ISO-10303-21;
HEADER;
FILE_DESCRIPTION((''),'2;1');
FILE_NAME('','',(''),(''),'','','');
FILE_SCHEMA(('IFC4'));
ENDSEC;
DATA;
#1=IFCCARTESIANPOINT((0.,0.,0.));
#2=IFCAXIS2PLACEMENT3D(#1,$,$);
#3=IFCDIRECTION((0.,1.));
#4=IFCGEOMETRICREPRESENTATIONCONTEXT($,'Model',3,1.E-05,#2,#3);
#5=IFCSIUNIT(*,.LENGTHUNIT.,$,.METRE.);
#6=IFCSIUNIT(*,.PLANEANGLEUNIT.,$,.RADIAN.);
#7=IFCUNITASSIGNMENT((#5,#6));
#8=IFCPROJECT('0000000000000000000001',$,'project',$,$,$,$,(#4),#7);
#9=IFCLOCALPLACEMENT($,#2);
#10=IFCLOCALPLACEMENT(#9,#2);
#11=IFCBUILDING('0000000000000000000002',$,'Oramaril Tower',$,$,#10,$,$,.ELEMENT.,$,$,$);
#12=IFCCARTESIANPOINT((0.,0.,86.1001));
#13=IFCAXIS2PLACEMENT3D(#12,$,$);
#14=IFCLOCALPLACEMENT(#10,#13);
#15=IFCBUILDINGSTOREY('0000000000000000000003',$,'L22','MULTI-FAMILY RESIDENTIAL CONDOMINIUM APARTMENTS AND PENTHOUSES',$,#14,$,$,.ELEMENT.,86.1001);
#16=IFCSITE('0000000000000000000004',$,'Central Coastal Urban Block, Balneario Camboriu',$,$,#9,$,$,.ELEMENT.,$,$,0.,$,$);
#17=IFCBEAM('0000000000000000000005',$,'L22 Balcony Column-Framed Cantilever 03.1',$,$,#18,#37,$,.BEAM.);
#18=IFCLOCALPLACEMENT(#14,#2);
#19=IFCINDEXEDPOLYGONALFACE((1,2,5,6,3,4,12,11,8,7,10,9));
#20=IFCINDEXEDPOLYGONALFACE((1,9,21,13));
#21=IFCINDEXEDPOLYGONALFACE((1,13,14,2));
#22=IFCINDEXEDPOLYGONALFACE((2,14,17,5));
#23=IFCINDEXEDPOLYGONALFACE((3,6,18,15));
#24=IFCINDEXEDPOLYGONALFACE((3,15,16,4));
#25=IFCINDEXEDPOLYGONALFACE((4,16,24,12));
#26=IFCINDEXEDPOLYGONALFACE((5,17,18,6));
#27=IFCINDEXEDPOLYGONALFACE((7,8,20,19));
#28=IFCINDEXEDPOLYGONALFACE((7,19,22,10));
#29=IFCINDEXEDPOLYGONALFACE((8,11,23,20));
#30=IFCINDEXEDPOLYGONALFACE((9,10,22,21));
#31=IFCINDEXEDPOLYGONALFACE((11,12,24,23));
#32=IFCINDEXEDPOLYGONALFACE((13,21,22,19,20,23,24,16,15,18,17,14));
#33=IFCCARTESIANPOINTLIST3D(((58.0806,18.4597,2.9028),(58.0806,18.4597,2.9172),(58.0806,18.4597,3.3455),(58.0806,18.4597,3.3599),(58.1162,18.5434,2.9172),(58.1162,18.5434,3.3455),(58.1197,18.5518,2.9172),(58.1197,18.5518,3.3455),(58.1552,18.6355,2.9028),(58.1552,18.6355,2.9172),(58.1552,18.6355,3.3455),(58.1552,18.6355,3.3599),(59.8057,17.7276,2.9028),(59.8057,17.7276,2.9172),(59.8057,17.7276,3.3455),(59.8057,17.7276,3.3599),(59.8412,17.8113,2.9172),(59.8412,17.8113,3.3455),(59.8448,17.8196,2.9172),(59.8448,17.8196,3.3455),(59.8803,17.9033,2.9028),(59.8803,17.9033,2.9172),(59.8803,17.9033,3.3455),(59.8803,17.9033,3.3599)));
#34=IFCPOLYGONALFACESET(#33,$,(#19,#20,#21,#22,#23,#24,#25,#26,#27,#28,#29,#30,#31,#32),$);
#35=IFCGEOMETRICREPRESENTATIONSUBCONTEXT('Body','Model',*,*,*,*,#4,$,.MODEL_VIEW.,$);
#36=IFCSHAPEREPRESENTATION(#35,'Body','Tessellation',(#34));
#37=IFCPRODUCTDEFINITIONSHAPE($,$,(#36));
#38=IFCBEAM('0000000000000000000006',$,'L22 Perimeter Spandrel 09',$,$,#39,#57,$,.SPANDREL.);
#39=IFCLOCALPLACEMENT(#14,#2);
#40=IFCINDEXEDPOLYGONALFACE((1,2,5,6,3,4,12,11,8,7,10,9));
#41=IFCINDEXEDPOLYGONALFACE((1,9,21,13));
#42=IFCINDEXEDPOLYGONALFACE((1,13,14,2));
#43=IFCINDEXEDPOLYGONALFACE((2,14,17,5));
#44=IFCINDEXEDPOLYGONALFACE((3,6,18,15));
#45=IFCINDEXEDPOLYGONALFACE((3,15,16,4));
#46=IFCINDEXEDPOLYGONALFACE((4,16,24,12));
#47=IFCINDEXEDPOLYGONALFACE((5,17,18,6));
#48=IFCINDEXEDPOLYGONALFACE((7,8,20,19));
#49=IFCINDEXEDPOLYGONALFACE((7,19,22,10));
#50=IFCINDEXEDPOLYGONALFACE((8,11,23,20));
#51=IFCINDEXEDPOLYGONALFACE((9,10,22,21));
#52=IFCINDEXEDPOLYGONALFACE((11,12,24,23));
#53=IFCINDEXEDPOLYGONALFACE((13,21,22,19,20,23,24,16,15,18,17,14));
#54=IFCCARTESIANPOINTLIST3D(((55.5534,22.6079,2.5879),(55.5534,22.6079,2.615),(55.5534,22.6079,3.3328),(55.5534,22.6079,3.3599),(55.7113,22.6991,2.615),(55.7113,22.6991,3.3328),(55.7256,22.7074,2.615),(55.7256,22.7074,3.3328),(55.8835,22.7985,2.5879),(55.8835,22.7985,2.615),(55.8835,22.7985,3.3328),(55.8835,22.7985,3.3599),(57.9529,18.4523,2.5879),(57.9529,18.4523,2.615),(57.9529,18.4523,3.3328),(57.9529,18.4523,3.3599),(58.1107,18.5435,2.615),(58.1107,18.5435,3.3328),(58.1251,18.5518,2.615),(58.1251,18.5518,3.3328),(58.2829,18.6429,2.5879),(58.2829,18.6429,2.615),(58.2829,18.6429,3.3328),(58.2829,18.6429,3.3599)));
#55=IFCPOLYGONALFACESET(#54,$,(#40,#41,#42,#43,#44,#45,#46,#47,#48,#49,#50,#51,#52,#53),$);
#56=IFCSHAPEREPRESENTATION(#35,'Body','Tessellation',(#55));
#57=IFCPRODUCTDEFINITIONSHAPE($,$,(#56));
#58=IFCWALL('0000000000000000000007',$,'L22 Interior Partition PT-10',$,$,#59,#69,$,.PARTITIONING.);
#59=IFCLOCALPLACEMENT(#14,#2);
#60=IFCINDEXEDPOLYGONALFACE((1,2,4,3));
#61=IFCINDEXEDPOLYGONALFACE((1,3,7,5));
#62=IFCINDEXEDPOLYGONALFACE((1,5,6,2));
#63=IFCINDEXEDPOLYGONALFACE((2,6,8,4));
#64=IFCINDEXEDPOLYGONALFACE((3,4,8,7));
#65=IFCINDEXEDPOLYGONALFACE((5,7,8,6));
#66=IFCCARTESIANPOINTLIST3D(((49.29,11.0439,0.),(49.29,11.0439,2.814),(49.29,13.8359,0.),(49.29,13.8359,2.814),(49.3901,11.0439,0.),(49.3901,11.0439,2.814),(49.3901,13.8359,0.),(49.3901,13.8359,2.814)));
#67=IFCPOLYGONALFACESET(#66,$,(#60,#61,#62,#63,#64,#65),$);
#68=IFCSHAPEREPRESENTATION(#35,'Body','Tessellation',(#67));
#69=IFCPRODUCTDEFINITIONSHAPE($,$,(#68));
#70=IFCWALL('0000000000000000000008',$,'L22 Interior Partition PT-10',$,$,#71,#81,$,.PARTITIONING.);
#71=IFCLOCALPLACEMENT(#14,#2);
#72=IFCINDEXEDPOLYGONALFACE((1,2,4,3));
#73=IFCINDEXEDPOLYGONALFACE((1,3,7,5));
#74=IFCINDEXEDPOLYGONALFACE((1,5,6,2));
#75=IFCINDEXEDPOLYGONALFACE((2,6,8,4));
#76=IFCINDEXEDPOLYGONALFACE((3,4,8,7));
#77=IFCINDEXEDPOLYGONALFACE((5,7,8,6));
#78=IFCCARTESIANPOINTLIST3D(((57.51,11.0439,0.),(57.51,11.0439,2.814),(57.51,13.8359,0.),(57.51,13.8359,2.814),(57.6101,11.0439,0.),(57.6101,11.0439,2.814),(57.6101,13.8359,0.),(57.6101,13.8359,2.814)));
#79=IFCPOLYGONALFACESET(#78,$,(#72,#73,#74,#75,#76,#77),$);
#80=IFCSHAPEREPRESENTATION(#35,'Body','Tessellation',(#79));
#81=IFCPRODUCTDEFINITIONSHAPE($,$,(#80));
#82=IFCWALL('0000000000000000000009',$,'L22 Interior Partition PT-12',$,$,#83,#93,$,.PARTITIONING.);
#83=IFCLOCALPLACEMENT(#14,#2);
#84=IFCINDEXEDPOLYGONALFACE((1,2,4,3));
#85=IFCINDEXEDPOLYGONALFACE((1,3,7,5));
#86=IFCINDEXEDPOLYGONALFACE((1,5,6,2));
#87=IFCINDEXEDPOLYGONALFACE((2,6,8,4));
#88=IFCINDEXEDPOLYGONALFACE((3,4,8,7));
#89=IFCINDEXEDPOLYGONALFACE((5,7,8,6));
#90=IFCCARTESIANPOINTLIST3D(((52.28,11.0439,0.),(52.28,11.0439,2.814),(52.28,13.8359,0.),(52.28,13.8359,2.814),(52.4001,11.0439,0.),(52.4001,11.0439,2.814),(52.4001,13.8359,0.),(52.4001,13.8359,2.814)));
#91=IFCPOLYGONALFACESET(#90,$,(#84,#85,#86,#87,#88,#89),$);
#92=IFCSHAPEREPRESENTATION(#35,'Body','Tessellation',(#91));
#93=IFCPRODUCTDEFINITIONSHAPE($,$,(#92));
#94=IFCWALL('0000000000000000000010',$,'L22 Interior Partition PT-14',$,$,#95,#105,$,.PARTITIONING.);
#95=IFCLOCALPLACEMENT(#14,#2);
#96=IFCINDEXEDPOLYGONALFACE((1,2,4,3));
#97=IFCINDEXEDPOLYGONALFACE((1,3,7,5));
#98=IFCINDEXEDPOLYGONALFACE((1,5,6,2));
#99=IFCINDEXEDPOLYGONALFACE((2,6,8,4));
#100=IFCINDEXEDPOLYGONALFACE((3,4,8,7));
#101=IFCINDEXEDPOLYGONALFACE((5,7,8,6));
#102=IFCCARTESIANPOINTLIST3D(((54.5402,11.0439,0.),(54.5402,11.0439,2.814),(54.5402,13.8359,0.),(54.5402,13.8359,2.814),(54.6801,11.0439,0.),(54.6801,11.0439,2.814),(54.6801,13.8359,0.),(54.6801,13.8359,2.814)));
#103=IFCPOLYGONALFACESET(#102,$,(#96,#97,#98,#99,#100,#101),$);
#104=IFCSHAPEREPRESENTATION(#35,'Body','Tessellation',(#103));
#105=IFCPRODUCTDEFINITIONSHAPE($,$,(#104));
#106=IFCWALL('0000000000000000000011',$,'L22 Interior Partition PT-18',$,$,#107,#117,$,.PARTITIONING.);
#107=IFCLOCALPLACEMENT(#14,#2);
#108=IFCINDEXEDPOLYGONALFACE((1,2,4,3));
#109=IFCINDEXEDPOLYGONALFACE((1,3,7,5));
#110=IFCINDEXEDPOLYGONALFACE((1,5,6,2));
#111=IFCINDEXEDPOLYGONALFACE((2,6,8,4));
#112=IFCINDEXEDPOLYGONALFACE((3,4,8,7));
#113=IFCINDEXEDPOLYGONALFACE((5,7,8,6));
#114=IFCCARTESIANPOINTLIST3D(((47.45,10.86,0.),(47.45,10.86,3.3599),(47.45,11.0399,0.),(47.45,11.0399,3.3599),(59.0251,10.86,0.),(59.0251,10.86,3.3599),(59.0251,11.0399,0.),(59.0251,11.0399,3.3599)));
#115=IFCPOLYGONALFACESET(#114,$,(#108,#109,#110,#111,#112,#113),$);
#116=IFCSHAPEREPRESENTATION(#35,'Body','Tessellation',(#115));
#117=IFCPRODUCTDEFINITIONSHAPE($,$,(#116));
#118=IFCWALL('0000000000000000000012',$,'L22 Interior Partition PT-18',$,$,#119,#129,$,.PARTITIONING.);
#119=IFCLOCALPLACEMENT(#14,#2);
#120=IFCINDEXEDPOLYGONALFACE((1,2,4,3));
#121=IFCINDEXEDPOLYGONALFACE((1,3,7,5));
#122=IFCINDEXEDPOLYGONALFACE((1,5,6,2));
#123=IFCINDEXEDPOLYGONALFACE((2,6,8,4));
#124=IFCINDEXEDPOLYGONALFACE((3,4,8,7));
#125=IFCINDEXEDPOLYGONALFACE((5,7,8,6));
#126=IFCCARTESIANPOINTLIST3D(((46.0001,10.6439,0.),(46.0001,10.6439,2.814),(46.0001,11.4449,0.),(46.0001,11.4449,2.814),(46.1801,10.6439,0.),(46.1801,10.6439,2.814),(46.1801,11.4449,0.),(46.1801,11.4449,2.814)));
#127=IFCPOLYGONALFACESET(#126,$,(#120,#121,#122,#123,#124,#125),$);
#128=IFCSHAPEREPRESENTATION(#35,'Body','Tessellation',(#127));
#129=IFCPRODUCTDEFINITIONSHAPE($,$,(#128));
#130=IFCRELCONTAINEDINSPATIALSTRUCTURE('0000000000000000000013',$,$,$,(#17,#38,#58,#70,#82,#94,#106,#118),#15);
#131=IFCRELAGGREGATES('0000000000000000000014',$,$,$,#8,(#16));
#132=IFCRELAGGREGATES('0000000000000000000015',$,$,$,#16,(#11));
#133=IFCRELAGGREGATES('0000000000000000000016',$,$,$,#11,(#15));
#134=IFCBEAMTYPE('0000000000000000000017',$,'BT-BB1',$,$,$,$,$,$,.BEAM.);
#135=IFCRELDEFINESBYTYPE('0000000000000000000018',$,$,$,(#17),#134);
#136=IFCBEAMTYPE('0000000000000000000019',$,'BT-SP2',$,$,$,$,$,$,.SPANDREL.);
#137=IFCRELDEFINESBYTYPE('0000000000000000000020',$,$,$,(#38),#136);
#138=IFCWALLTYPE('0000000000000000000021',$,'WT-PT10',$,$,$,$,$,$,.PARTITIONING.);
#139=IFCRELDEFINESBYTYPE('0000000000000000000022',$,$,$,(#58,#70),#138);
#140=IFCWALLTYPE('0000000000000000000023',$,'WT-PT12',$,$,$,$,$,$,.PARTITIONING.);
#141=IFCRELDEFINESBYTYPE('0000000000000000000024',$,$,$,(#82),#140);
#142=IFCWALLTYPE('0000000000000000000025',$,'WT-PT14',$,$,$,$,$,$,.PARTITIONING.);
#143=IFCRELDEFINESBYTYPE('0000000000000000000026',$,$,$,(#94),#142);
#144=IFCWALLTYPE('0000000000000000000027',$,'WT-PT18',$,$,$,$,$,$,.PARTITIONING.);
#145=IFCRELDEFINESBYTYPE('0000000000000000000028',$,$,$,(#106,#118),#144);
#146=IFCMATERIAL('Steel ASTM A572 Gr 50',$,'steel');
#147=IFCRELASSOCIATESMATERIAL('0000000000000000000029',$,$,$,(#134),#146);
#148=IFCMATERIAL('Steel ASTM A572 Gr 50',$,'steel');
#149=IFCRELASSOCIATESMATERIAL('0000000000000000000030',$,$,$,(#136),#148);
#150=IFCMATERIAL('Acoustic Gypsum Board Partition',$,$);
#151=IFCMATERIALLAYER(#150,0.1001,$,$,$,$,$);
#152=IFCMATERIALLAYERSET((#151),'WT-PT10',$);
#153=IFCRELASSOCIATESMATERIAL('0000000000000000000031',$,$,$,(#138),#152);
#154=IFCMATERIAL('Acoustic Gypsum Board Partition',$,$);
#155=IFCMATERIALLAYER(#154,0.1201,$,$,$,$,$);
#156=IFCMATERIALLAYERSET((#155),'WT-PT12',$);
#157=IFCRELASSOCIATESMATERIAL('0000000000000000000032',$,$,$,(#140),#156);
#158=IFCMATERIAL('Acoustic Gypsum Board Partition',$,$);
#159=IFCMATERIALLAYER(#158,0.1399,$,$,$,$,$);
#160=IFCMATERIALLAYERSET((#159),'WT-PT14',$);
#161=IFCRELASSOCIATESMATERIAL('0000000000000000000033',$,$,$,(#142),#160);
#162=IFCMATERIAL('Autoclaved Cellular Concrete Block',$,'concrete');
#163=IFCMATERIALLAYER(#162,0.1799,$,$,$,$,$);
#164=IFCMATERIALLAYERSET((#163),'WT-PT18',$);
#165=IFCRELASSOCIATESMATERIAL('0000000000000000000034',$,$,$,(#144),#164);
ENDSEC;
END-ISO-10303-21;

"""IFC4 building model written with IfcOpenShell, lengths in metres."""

from ifc_helpers import new_model, si_unit, direction, frame, frame_2d, origin, origin_2d, place, context, subcontext, project, spatial, rectangle, i_section, extrude, material, layer, layer_set, material_profile, profile_set, type_object, element, save


model = new_model("IFC4")

# Units and contexts
model_context = context("Model", 3, precision=1e-05, world=origin(), true_north=direction((0.0, 1.0)))
body_context = subcontext(model_context, "Body", "Model", "MODEL_VIEW")
ifc_project = project(units=[si_unit("LENGTHUNIT", "METRE"), si_unit("PLANEANGLEUNIT", "RADIAN")], contexts=[model_context])

# Site, building, storey
site_placement = place(None, origin())
site = spatial("IfcSite", under=ifc_project, at=site_placement, Name="Central Coastal Urban Block, Balneario Camboriu", CompositionType="ELEMENT", RefElevation=0.0)
building_placement = place(site_placement, origin())
building = spatial("IfcBuilding", under=site, at=building_placement, Name="Oramaril Tower", CompositionType="ELEMENT")
storey_placement = place(building_placement, frame((0.0, 0.0, 86.1001)))
storey = spatial("IfcBuildingStorey", under=building, at=storey_placement, Name="L22", Description="MULTI-FAMILY RESIDENTIAL CONDOMINIUM APARTMENTS AND PENTHOUSES", CompositionType="ELEMENT", Elevation=86.1001)

# Beams
ifc_material_1 = material(Name="Steel ASTM A572 Gr 50", Category="steel")
ifc_material_profile_1 = material_profile(ifc_material_1, i_section(OverallWidth=0.1909, OverallDepth=0.457, WebThickness=0.009, FlangeThickness=0.0144, at=origin_2d()), Name="W18X50")
ifc_profile_set_1 = profile_set([ifc_material_profile_1], Name="Steel ASTM A572 Gr 50")
beam_type_1 = type_object("IfcBeamType", Name="BT-BB1", PredefinedType="BEAM", material=ifc_profile_set_1)
beam_1_placement = place(storey_placement, frame((58.1179, 18.5476, 3.1313), z_axis=(0.920521, -0.390694, 0.0), x_axis=(0.390694, 0.920521, 0.0)))
element("IfcBeam", 1, at=beam_1_placement, inside=storey, type_object=beam_type_1, Name="L22 Balcony Column-Framed Cantilever 03.1", PredefinedType="BEAM", context=body_context, shape_type="SweptSolid", body=[
    extrude(i_section(OverallWidth=0.1909, OverallDepth=0.457, WebThickness=0.009, FlangeThickness=0.0144, at=origin_2d()), origin(), (0.0, 0.0, 1.0), 1.874),
])
ifc_material_2 = material(Name="Steel ASTM A572 Gr 50", Category="steel")
ifc_material_profile_2 = material_profile(ifc_material_2, i_section(OverallWidth=0.3811, OverallDepth=0.772, WebThickness=0.0166, FlangeThickness=0.0271, at=origin_2d()), Name="W30X173")
ifc_profile_set_2 = profile_set([ifc_material_profile_2], Name="Steel ASTM A572 Gr 50")
beam_type_2 = type_object("IfcBeamType", Name="BT-SP2", PredefinedType="SPANDREL", material=ifc_profile_set_2)
beam_2_placement = place(storey_placement, frame((58.1179, 18.5476, 2.9739), z_axis=(-0.500035, 0.866005, 0.0), x_axis=(-0.866005, -0.500035, 0.0)))
element("IfcBeam", 2, at=beam_2_placement, inside=storey, type_object=beam_type_2, Name="L22 Perimeter Spandrel 09", PredefinedType="SPANDREL", context=body_context, shape_type="SweptSolid", body=[
    extrude(i_section(OverallWidth=0.3811, OverallDepth=0.772, WebThickness=0.0166, FlangeThickness=0.0271, at=origin_2d()), origin(), (0.0, 0.0, 1.0), 4.7986),
])

# Walls
ifc_material_3 = material(Name="Acoustic Gypsum Board Partition")
ifc_layer_1 = layer(ifc_material_3, 0.1001)
ifc_layer_set_1 = layer_set([ifc_layer_1], Name="WT-PT10")
wall_type_1 = type_object("IfcWallType", Name="WT-PT10", PredefinedType="PARTITIONING", material=ifc_layer_set_1)
for number, where, z_axis, x_axis, name in (
    (3, (49.3401, 11.0439, 0.0), (0.0, 0.0, 1.0), (0.0, 1.0, 0.0), "L22 Interior Partition PT-10"),
    (4, (57.5601, 11.0439, 0.0), (0.0, 0.0, 1.0), (0.0, 1.0, 0.0), "L22 Interior Partition PT-10"),
):
    element("IfcWall", number, at=place(storey_placement, frame(where, z_axis=z_axis, x_axis=x_axis)), inside=storey, type_object=wall_type_1, Name=name, PredefinedType="PARTITIONING", context=body_context, shape_type="SweptSolid", body=[
        extrude(rectangle(XDim=2.792, YDim=0.1001, at=frame_2d((1.396, 0.0))), origin(), (0.0, 0.0, 1.0), 2.814),
    ])
ifc_material_4 = material(Name="Acoustic Gypsum Board Partition")
ifc_layer_2 = layer(ifc_material_4, 0.1201)
ifc_layer_set_2 = layer_set([ifc_layer_2], Name="WT-PT12")
wall_type_2 = type_object("IfcWallType", Name="WT-PT12", PredefinedType="PARTITIONING", material=ifc_layer_set_2)
wall_1_placement = place(storey_placement, frame((52.3401, 11.0439, 0.0), z_axis=(0.0, 0.0, 1.0), x_axis=(0.0, 1.0, 0.0)))
element("IfcWall", 5, at=wall_1_placement, inside=storey, type_object=wall_type_2, Name="L22 Interior Partition PT-12", PredefinedType="PARTITIONING", context=body_context, shape_type="SweptSolid", body=[
    extrude(rectangle(XDim=2.792, YDim=0.1201, at=frame_2d((1.396, 0.0))), origin(), (0.0, 0.0, 1.0), 2.814),
])
ifc_material_5 = material(Name="Acoustic Gypsum Board Partition")
ifc_layer_3 = layer(ifc_material_5, 0.1399)
ifc_layer_set_3 = layer_set([ifc_layer_3], Name="WT-PT14")
wall_type_3 = type_object("IfcWallType", Name="WT-PT14", PredefinedType="PARTITIONING", material=ifc_layer_set_3)
wall_2_placement = place(storey_placement, frame((54.6101, 11.0439, 0.0), z_axis=(0.0, 0.0, 1.0), x_axis=(0.0, 1.0, 0.0)))
element("IfcWall", 6, at=wall_2_placement, inside=storey, type_object=wall_type_3, Name="L22 Interior Partition PT-14", PredefinedType="PARTITIONING", context=body_context, shape_type="SweptSolid", body=[
    extrude(rectangle(XDim=2.792, YDim=0.1399, at=frame_2d((1.396, 0.0))), origin(), (0.0, 0.0, 1.0), 2.814),
])

# Walls
ifc_material_6 = material(Name="Autoclaved Cellular Concrete Block", Category="concrete")
ifc_layer_4 = layer(ifc_material_6, 0.1799)
ifc_layer_set_4 = layer_set([ifc_layer_4], Name="WT-PT18")
wall_type_4 = type_object("IfcWallType", Name="WT-PT18", PredefinedType="PARTITIONING", material=ifc_layer_set_4)
wall_3_placement = place(storey_placement, frame((47.45, 10.95, 0.0), z_axis=(0.0, 0.0, 1.0), x_axis=(1.0, 0.0, 0.0)))
element("IfcWall", 7, at=wall_3_placement, inside=storey, type_object=wall_type_4, Name="L22 Interior Partition PT-18", PredefinedType="PARTITIONING", context=body_context, shape_type="SweptSolid", body=[
    extrude(rectangle(XDim=11.5752, YDim=0.1799, at=frame_2d((5.7876, 0.0))), origin(), (0.0, 0.0, 1.0), 3.3599),
])
wall_4_placement = place(storey_placement, frame((46.0901, 10.644, 0.0), z_axis=(0.0, 0.0, 1.0), x_axis=(0.0, 1.0, 0.0)))
element("IfcWall", 8, at=wall_4_placement, inside=storey, type_object=wall_type_4, Name="L22 Interior Partition PT-18", PredefinedType="PARTITIONING", context=body_context, shape_type="SweptSolid", body=[
    extrude(rectangle(XDim=0.801, YDim=0.1799, at=frame_2d((0.4004, 0.0))), origin(), (0.0, 0.0, 1.0), 2.814),
])

save(model, "model.ifc")
